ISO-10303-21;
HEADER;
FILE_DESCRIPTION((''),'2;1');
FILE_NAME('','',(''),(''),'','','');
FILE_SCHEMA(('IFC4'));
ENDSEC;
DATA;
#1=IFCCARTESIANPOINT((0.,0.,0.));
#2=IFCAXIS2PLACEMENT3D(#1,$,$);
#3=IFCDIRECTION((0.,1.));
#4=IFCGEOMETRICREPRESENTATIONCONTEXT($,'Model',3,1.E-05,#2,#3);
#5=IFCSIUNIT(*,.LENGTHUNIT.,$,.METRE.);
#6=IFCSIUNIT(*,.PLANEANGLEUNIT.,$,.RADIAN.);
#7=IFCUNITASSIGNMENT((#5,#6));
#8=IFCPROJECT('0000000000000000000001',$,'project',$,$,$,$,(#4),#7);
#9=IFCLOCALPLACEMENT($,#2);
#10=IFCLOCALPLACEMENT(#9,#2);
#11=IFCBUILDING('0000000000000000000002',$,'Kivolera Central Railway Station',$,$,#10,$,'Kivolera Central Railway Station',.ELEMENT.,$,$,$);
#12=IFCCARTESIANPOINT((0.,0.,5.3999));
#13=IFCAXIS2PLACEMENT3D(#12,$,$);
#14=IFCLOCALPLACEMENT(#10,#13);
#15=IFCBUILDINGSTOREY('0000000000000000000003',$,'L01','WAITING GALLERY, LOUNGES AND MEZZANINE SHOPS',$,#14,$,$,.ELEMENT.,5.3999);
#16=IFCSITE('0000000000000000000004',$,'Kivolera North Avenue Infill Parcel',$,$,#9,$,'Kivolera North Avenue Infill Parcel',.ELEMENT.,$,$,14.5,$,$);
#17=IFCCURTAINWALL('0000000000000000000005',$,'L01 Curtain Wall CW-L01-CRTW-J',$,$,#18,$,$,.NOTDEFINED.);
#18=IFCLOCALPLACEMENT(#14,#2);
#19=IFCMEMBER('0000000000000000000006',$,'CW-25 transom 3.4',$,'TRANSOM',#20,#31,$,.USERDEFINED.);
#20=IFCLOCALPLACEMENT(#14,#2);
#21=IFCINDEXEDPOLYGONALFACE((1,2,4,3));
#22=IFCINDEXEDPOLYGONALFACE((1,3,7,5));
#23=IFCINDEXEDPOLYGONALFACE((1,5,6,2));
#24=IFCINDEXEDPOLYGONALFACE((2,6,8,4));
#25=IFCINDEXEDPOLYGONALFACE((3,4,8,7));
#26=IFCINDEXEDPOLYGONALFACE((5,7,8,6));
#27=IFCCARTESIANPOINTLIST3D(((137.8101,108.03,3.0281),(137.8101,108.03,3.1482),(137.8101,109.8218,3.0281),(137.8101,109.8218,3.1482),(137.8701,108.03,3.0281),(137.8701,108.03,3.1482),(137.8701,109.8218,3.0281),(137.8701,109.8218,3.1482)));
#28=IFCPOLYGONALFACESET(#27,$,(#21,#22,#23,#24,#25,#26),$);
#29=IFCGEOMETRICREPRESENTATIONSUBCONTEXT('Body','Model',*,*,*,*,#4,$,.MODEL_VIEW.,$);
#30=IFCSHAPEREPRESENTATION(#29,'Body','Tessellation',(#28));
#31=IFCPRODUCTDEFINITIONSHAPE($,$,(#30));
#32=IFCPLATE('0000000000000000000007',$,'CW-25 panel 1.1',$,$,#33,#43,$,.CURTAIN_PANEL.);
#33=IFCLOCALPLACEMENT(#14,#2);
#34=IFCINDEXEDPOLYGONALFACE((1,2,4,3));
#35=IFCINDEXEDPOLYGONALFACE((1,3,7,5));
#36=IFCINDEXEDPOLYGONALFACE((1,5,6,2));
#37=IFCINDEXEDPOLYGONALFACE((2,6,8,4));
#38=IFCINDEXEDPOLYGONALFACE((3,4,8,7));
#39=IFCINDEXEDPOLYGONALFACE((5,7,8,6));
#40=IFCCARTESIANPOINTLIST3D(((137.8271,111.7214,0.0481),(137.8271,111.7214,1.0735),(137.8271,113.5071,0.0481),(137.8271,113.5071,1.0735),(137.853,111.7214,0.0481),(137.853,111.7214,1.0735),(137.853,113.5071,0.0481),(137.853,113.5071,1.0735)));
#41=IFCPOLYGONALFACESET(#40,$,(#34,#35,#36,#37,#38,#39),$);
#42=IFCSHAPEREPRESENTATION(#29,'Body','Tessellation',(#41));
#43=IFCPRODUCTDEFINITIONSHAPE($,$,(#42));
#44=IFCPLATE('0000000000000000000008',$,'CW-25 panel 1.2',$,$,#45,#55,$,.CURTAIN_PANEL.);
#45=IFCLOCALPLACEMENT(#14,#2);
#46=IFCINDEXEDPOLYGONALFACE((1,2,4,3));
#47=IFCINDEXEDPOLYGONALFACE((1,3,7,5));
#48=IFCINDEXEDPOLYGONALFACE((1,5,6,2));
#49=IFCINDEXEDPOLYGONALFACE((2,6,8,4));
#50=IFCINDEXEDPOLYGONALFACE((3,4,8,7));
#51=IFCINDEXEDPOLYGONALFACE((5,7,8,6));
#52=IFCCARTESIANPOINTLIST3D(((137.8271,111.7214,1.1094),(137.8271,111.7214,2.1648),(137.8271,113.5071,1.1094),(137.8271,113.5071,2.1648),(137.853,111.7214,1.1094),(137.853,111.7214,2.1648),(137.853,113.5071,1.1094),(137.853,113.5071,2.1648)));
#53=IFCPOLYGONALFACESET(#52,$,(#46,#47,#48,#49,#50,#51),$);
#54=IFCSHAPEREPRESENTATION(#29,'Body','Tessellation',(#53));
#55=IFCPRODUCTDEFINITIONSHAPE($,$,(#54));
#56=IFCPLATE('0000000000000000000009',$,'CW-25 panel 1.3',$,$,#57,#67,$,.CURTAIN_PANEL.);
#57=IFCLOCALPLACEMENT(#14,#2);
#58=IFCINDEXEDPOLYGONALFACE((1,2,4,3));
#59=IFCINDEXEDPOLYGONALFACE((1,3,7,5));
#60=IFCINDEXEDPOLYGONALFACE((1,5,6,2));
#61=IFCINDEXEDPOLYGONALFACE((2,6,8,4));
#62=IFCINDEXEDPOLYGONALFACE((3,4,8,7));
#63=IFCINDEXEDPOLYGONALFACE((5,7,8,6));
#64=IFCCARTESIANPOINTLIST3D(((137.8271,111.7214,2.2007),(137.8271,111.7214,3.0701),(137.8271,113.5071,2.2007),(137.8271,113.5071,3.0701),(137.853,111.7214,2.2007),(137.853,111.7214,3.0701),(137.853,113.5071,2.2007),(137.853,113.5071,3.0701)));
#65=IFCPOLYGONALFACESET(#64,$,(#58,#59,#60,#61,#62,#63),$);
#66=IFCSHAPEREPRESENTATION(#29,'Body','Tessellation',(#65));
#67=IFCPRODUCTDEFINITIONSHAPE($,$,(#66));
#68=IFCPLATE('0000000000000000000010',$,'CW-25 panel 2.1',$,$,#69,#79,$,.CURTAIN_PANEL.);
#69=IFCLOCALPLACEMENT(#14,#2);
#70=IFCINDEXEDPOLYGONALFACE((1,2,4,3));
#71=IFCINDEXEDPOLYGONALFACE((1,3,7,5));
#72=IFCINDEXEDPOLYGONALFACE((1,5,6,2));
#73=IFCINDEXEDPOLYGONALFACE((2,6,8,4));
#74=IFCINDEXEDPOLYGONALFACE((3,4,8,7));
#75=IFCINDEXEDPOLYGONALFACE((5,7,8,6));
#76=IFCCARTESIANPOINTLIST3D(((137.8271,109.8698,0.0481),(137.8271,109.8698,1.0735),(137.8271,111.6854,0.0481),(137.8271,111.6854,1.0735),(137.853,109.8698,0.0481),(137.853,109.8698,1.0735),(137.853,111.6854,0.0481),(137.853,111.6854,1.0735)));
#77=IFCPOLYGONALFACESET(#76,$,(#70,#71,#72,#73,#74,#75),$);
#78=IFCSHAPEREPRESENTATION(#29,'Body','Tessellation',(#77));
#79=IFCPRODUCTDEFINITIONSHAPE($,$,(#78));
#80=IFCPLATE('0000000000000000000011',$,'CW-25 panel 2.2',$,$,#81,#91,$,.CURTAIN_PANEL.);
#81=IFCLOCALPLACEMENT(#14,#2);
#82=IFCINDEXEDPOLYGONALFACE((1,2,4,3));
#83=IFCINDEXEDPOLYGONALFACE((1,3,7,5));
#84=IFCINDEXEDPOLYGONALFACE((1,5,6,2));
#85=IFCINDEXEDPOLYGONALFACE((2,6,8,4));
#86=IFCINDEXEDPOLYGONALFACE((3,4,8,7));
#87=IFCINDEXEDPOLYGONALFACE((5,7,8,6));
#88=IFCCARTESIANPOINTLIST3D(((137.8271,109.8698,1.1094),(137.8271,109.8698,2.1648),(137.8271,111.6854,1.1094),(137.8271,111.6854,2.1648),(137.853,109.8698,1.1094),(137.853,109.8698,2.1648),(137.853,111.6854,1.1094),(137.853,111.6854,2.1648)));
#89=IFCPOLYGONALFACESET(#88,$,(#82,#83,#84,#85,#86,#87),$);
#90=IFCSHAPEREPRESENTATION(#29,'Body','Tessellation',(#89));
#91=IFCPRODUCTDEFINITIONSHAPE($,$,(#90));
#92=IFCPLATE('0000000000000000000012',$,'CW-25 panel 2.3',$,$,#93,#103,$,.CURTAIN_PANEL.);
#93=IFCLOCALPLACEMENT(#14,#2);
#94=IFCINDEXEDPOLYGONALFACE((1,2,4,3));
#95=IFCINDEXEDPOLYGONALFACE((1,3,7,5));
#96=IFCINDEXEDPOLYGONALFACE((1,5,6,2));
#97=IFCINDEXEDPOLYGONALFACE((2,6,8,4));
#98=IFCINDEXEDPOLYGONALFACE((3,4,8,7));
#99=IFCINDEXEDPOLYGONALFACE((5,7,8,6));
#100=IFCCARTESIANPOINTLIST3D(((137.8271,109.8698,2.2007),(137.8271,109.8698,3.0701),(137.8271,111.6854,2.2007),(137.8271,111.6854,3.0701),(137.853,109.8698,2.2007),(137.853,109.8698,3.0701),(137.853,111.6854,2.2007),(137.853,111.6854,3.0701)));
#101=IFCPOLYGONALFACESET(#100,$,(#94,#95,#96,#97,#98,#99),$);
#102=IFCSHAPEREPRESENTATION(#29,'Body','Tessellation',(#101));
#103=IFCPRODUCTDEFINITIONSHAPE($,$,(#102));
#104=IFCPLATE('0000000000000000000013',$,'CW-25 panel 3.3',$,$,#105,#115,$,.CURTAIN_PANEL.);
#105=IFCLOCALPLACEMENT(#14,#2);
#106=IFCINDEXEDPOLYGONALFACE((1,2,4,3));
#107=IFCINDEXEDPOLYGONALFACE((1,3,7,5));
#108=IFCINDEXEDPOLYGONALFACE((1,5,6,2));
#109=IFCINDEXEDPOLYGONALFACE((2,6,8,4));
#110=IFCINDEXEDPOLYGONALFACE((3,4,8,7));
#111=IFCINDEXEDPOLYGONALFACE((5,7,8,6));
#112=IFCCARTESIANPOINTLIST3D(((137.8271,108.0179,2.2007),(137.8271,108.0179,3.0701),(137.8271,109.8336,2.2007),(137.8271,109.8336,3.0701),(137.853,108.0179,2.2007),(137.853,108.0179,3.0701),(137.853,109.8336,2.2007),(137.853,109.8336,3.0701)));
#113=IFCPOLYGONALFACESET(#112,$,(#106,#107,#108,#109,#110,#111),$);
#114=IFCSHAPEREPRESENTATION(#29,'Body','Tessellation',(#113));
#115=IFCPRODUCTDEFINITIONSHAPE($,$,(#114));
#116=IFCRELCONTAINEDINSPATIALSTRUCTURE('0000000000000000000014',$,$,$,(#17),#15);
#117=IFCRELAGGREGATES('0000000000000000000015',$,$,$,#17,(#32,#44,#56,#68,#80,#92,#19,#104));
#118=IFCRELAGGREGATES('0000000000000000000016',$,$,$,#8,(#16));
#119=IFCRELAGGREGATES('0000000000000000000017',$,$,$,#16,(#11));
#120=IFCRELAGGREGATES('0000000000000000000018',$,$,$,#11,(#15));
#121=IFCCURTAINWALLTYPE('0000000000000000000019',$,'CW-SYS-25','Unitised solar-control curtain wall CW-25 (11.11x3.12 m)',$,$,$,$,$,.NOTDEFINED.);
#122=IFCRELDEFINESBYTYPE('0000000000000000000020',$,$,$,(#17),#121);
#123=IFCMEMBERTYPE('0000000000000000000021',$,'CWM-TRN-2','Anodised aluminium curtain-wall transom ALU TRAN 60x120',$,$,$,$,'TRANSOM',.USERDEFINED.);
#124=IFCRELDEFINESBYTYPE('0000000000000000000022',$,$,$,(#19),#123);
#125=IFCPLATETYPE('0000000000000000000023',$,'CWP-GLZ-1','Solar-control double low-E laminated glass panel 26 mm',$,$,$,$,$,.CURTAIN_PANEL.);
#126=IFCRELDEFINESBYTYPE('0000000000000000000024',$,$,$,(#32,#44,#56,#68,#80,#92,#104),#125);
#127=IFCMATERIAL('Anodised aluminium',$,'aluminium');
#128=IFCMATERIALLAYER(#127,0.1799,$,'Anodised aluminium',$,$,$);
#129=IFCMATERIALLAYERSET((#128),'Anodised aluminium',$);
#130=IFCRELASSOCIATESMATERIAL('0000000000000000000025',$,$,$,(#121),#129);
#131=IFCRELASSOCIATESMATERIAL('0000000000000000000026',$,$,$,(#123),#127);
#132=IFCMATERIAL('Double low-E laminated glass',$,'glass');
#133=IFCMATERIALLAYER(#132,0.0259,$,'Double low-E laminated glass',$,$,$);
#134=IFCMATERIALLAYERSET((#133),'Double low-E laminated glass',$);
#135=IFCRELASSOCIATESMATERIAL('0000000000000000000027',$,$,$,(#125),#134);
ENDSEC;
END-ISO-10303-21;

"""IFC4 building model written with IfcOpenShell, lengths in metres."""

from ifc_helpers import new_model, si_unit, direction, frame, origin, origin_2d, place, context, subcontext, project, spatial, rectangle, extrude, material, layer, layer_set, material_profile, profile_set, type_object, element, aggregate, save


model = new_model("IFC4")

# Units and contexts
model_context = context("Model", 3, precision=1e-05, world=origin(), true_north=direction((0.0, 1.0)))
body_context = subcontext(model_context, "Body", "Model", "MODEL_VIEW")
ifc_project = project(units=[si_unit("LENGTHUNIT", "METRE"), si_unit("PLANEANGLEUNIT", "RADIAN")], contexts=[model_context])

# Site, building, storey
site_placement = place(None, origin())
site = spatial("IfcSite", under=ifc_project, at=site_placement, Name="Kivolera North Avenue Infill Parcel", LongName="Kivolera North Avenue Infill Parcel", CompositionType="ELEMENT", RefElevation=14.5)
building_placement = place(site_placement, origin())
building = spatial("IfcBuilding", under=site, at=building_placement, Name="Kivolera Central Railway Station", LongName="Kivolera Central Railway Station", CompositionType="ELEMENT")
storey_placement = place(building_placement, frame((0.0, 0.0, 5.3999)))
storey = spatial("IfcBuildingStorey", under=building, at=storey_placement, Name="L01", Description="WAITING GALLERY, LOUNGES AND MEZZANINE SHOPS", CompositionType="ELEMENT", Elevation=5.3999)

# Curtain wall, member, plates
ifc_material_1 = material(Name="Anodised aluminium", Category="aluminium")
ifc_layer_1 = layer(ifc_material_1, 0.1799, Name="Anodised aluminium")
ifc_layer_set_1 = layer_set([ifc_layer_1], Name="Anodised aluminium")
curtain_wall_type = type_object("IfcCurtainWallType", Name="CW-SYS-25", Description="Unitised solar-control curtain wall CW-25 (11.11x3.12 m)", PredefinedType="NOTDEFINED", material=ifc_layer_set_1)
curtain_wall_placement = place(storey_placement, origin())
curtain_wall = element("IfcCurtainWall", 1, at=curtain_wall_placement, inside=storey, type_object=curtain_wall_type, Name="L01 Curtain Wall CW-L01-CRTW-J", PredefinedType="NOTDEFINED")
ifc_material_profile_1 = material_profile(ifc_material_1, rectangle(XDim=0.0601, YDim=0.1201, at=origin_2d()), Name="ALU TRAN 60x120")
ifc_profile_set_1 = profile_set([ifc_material_profile_1], Name="Anodised aluminium")
member_type_1 = type_object("IfcMemberType", Name="CWM-TRN-2", Description="Anodised aluminium curtain-wall transom ALU TRAN 60x120", ElementType="TRANSOM", PredefinedType="USERDEFINED", material=ifc_profile_set_1)
member_1_placement = place(storey_placement, frame((137.8401, 109.8218, 3.0881), z_axis=(0.0, -1.0, 0.0), x_axis=(1.0, 0.0, 0.0)))
member_1 = element("IfcMember", 2, at=member_1_placement, type_object=member_type_1, Name="CW-25 transom 3.4", ObjectType="TRANSOM", PredefinedType="USERDEFINED", context=body_context, shape_type="SweptSolid", body=[
    extrude(rectangle(XDim=0.0601, YDim=0.1201, at=origin_2d()), origin(), (0.0, 0.0, 1.0), 1.7917),
])
ifc_material_2 = material(Name="Double low-E laminated glass", Category="glass")
ifc_layer_2 = layer(ifc_material_2, 0.0259, Name="Double low-E laminated glass")
ifc_layer_set_2 = layer_set([ifc_layer_2], Name="Double low-E laminated glass")
plate_type = type_object("IfcPlateType", Name="CWP-GLZ-1", Description="Solar-control double low-E laminated glass panel 26 mm", PredefinedType="CURTAIN_PANEL", material=ifc_layer_set_2)
plate_1_placement = place(storey_placement, frame((137.8401, 112.6143, 0.0481), z_axis=(0.0, 0.0, 1.0), x_axis=(0.0, -1.0, 0.0)))
plate_1 = element("IfcPlate", 3, at=plate_1_placement, type_object=plate_type, Name="CW-25 panel 1.1", PredefinedType="CURTAIN_PANEL", context=body_context, shape_type="SweptSolid", body=[
    extrude(rectangle(XDim=1.7856, YDim=0.0259, at=origin_2d()), origin(), (0.0, 0.0, 1.0), 1.0254),
])
plate_2_placement = place(storey_placement, frame((137.8401, 112.6143, 1.1094), z_axis=(0.0, 0.0, 1.0), x_axis=(0.0, -1.0, 0.0)))
plate_2 = element("IfcPlate", 4, at=plate_2_placement, type_object=plate_type, Name="CW-25 panel 1.2", PredefinedType="CURTAIN_PANEL", context=body_context, shape_type="SweptSolid", body=[
    extrude(rectangle(XDim=1.7856, YDim=0.0259, at=origin_2d()), origin(), (0.0, 0.0, 1.0), 1.0554),
])
plate_3_placement = place(storey_placement, frame((137.8401, 112.6143, 2.2007), z_axis=(0.0, 0.0, 1.0), x_axis=(0.0, -1.0, 0.0)))
plate_3 = element("IfcPlate", 5, at=plate_3_placement, type_object=plate_type, Name="CW-25 panel 1.3", PredefinedType="CURTAIN_PANEL", context=body_context, shape_type="SweptSolid", body=[
    extrude(rectangle(XDim=1.7856, YDim=0.0259, at=origin_2d()), origin(), (0.0, 0.0, 1.0), 0.8694),
])
plate_4_placement = place(storey_placement, frame((137.8401, 110.7776, 0.0481), z_axis=(0.0, 0.0, 1.0), x_axis=(0.0, -1.0, 0.0)))
plate_4 = element("IfcPlate", 6, at=plate_4_placement, type_object=plate_type, Name="CW-25 panel 2.1", PredefinedType="CURTAIN_PANEL", context=body_context, shape_type="SweptSolid", body=[
    extrude(rectangle(XDim=1.8157, YDim=0.0259, at=origin_2d()), origin(), (0.0, 0.0, 1.0), 1.0254),
])
plate_5_placement = place(storey_placement, frame((137.8401, 110.7776, 1.1094), z_axis=(0.0, 0.0, 1.0), x_axis=(0.0, -1.0, 0.0)))
plate_5 = element("IfcPlate", 7, at=plate_5_placement, type_object=plate_type, Name="CW-25 panel 2.2", PredefinedType="CURTAIN_PANEL", context=body_context, shape_type="SweptSolid", body=[
    extrude(rectangle(XDim=1.8157, YDim=0.0259, at=origin_2d()), origin(), (0.0, 0.0, 1.0), 1.0554),
])
plate_6_placement = place(storey_placement, frame((137.8401, 110.7776, 2.2007), z_axis=(0.0, 0.0, 1.0), x_axis=(0.0, -1.0, 0.0)))
plate_6 = element("IfcPlate", 8, at=plate_6_placement, type_object=plate_type, Name="CW-25 panel 2.3", PredefinedType="CURTAIN_PANEL", context=body_context, shape_type="SweptSolid", body=[
    extrude(rectangle(XDim=1.8157, YDim=0.0259, at=origin_2d()), origin(), (0.0, 0.0, 1.0), 0.8694),
])
plate_7_placement = place(storey_placement, frame((137.8401, 108.9258, 2.2007), z_axis=(0.0, 0.0, 1.0), x_axis=(0.0, -1.0, 0.0)))
plate_7 = element("IfcPlate", 9, at=plate_7_placement, type_object=plate_type, Name="CW-25 panel 3.3", PredefinedType="CURTAIN_PANEL", context=body_context, shape_type="SweptSolid", body=[
    extrude(rectangle(XDim=1.8157, YDim=0.0259, at=origin_2d()), origin(), (0.0, 0.0, 1.0), 0.8694),
])
aggregate(curtain_wall, [plate_1, plate_2, plate_3, plate_4, plate_5, plate_6, member_1, plate_7])

save(model, "model.ifc")
